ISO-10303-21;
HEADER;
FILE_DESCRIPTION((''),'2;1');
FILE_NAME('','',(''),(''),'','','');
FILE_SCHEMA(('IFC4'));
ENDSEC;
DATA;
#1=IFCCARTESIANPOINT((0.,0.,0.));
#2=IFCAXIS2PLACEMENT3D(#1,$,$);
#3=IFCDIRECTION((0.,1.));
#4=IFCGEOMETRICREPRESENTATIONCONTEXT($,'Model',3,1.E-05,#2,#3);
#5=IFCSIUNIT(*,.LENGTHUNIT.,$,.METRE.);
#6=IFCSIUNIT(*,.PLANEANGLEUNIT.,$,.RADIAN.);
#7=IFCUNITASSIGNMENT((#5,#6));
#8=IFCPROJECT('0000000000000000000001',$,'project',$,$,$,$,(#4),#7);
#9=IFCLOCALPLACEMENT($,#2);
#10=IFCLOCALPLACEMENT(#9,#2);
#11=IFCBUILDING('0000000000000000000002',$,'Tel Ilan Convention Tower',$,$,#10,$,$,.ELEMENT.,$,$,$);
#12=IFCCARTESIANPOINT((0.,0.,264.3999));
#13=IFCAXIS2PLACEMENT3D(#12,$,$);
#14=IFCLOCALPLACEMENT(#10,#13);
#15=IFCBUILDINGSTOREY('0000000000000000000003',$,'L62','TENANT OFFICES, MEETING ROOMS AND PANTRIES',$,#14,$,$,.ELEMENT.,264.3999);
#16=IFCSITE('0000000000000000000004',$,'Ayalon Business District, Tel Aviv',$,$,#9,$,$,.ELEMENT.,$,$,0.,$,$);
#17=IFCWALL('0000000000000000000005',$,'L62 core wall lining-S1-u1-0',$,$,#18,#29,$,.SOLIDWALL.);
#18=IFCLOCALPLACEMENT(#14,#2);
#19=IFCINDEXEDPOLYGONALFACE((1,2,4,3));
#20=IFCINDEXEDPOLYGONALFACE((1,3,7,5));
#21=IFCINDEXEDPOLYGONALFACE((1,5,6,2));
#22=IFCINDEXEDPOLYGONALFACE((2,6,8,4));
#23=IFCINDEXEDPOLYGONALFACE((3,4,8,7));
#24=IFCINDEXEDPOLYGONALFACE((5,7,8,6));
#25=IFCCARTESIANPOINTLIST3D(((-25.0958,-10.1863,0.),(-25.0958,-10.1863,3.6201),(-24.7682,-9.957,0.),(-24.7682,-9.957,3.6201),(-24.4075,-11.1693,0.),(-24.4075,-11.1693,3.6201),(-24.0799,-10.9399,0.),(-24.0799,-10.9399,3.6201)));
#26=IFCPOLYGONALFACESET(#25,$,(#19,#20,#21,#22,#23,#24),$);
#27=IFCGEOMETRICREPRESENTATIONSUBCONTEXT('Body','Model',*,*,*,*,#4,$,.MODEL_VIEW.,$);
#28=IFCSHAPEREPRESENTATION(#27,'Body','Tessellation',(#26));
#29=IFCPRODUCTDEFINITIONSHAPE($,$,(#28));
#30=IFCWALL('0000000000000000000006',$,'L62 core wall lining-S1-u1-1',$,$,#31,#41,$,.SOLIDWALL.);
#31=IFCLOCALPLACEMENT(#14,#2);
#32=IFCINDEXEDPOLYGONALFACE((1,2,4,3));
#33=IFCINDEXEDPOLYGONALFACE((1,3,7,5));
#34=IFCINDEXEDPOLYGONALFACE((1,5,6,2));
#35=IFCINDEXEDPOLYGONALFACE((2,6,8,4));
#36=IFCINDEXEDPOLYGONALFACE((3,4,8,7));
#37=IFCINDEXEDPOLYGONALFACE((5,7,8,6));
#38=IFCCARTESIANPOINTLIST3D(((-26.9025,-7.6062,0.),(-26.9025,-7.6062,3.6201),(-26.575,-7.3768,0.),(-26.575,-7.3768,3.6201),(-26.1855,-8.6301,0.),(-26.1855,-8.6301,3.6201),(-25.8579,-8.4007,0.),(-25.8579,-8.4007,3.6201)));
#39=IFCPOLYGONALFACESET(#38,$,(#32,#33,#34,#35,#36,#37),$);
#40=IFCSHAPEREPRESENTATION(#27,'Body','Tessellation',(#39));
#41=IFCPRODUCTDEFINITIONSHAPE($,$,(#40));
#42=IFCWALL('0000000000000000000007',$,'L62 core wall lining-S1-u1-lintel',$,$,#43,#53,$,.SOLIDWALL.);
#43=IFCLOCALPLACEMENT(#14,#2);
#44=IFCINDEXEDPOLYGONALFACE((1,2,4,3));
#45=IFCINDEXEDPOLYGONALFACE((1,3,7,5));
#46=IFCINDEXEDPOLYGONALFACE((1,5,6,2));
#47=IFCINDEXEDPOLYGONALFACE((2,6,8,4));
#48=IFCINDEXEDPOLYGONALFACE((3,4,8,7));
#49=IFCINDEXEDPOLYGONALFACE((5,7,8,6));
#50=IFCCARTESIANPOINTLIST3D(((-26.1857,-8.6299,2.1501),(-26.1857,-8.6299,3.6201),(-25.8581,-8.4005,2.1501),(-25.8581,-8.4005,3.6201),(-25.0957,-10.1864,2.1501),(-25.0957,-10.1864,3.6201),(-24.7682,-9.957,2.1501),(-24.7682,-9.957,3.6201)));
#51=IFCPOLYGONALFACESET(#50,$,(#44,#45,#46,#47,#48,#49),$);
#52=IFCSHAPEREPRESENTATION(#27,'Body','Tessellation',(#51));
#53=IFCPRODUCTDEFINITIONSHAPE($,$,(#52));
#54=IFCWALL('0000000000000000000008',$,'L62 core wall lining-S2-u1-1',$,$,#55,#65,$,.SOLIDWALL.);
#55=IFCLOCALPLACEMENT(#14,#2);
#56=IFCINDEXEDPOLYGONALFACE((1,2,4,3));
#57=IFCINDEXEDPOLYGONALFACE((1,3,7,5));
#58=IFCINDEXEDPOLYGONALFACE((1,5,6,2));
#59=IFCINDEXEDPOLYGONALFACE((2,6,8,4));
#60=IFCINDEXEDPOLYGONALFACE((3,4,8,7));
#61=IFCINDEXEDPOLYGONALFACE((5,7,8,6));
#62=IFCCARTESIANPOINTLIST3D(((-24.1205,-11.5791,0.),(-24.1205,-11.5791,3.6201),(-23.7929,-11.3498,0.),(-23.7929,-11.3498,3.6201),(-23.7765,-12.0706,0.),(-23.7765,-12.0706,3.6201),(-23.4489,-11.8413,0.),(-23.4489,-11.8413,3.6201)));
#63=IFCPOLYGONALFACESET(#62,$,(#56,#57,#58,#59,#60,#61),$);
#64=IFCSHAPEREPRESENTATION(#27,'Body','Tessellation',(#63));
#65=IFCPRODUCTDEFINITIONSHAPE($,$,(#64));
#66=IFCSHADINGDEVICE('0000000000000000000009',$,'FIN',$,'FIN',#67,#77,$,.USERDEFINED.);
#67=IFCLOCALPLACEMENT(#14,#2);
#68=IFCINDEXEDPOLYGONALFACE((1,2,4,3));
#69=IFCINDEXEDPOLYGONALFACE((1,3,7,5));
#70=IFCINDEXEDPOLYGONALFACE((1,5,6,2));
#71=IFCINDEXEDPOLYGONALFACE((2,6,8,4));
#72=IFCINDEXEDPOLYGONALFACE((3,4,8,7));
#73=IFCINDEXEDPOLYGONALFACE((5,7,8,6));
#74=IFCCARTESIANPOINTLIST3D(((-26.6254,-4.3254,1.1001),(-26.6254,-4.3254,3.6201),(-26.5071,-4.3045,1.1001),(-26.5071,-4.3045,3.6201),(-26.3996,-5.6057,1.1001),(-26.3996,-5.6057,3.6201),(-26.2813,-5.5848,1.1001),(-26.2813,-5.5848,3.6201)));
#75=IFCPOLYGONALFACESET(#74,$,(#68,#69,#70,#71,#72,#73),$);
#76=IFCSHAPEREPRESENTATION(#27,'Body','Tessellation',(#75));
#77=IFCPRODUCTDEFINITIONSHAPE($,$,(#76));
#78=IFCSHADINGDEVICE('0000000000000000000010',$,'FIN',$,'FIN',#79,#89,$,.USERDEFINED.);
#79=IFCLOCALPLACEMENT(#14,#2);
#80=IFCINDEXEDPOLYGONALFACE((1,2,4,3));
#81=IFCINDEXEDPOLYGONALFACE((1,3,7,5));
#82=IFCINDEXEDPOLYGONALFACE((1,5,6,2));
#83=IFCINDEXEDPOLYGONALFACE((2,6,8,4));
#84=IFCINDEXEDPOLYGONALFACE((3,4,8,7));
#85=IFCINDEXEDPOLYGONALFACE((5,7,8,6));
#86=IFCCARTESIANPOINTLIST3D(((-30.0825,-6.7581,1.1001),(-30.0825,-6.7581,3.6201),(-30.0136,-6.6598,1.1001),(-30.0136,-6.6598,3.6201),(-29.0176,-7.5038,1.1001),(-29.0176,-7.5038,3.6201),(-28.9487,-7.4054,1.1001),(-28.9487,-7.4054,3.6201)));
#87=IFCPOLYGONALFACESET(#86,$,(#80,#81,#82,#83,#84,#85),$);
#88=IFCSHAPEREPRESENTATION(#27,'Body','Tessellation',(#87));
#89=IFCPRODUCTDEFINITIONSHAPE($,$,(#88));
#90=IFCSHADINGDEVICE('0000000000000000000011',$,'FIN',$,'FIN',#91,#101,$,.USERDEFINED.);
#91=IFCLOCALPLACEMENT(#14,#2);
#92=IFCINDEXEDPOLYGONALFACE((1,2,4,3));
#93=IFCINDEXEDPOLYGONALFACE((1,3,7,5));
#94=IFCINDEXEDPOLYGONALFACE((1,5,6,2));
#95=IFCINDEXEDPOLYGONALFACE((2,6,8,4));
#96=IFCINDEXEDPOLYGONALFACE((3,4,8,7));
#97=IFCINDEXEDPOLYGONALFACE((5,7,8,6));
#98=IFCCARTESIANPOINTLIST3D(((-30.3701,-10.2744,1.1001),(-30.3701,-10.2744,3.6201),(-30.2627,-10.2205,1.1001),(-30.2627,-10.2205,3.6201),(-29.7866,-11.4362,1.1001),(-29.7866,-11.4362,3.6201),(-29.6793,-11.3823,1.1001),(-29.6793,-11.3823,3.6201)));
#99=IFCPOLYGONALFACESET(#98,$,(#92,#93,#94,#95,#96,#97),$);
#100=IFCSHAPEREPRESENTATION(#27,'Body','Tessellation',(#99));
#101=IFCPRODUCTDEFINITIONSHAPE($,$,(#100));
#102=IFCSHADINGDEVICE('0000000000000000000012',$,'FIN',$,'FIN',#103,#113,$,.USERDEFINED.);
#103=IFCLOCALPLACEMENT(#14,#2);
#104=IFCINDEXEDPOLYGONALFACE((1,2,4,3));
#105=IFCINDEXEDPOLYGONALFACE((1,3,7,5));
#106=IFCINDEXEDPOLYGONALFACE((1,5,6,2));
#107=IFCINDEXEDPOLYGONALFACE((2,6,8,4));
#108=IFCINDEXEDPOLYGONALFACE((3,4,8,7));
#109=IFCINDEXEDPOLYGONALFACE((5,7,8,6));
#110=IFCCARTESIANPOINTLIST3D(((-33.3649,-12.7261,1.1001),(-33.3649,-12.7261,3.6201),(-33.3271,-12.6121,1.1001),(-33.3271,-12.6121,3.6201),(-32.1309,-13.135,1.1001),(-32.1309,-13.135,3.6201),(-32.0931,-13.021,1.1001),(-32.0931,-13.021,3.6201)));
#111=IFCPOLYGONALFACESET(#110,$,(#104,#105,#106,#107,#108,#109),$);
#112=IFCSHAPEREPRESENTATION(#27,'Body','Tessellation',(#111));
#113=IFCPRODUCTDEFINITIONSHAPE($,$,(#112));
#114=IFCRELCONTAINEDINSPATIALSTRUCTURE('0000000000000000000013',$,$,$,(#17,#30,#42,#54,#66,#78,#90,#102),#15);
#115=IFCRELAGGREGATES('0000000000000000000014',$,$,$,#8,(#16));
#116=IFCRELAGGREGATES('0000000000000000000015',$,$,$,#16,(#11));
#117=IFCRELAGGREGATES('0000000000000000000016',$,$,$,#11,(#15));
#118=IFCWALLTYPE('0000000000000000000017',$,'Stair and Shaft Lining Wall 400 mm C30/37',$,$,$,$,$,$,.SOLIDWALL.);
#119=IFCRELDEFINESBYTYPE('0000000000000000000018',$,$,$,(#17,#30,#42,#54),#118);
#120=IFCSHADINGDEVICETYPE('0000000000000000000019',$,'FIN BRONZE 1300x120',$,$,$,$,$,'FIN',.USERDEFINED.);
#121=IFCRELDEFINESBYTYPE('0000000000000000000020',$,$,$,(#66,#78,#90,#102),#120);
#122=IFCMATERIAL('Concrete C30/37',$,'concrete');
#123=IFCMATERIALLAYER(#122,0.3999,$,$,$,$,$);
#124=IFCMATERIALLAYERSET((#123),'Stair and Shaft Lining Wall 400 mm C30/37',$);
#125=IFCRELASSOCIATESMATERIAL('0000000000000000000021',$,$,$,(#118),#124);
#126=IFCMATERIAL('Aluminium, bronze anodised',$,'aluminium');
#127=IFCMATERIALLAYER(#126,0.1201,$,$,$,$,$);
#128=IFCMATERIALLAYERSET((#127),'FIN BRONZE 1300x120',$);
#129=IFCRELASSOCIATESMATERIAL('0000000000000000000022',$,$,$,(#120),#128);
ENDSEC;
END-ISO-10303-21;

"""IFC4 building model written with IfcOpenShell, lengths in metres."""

from ifc_helpers import new_model, si_unit, direction, frame, frame_2d, origin, origin_2d, place, context, subcontext, project, spatial, rectangle, extrude, material, layer, layer_set, type_object, element, save


model = new_model("IFC4")

# Units and contexts
model_context = context("Model", 3, precision=1e-05, world=origin(), true_north=direction((0.0, 1.0)))
body_context = subcontext(model_context, "Body", "Model", "MODEL_VIEW")
ifc_project = project(units=[si_unit("LENGTHUNIT", "METRE"), si_unit("PLANEANGLEUNIT", "RADIAN")], contexts=[model_context])

# Site, building, storey
site_placement = place(None, origin())
site = spatial("IfcSite", under=ifc_project, at=site_placement, Name="Ayalon Business District, Tel Aviv", CompositionType="ELEMENT", RefElevation=0.0)
building_placement = place(site_placement, origin())
building = spatial("IfcBuilding", under=site, at=building_placement, Name="Tel Ilan Convention Tower", CompositionType="ELEMENT")
storey_placement = place(building_placement, frame((0.0, 0.0, 264.3999)))
storey = spatial("IfcBuildingStorey", under=building, at=storey_placement, Name="L62", Description="TENANT OFFICES, MEETING ROOMS AND PANTRIES", CompositionType="ELEMENT", Elevation=264.3999)

# Walls
ifc_material_1 = material(Name="Concrete C30/37", Category="concrete")
ifc_layer_1 = layer(ifc_material_1, 0.3999)
ifc_layer_set_1 = layer_set([ifc_layer_1], Name="Stair and Shaft Lining Wall 400 mm C30/37")
wall_type_1 = type_object("IfcWallType", Name="Stair and Shaft Lining Wall 400 mm C30/37", PredefinedType="SOLIDWALL", material=ifc_layer_set_1)
wall_1_placement = place(storey_placement, frame((-24.2437, -11.0547, 0.0), z_axis=(0.0, 0.0, 1.0), x_axis=(-0.573572, 0.819155, 0.0)))
element("IfcWall", 1, at=wall_1_placement, inside=storey, type_object=wall_type_1, Name="L62 core wall lining-S1-u1-0", PredefinedType="SOLIDWALL", context=body_context, shape_type="SweptSolid", body=[
    extrude(rectangle(XDim=1.2, YDim=0.3999, at=frame_2d((0.6001, 0.0))), origin(), (0.0, 0.0, 1.0), 3.6201),
])
wall_2_placement = place(storey_placement, frame((-26.0217, -8.5154, 0.0), z_axis=(0.0, 0.0, 1.0), x_axis=(-0.57362, 0.819122, 0.0)))
element("IfcWall", 2, at=wall_2_placement, inside=storey, type_object=wall_type_1, Name="L62 core wall lining-S1-u1-1", PredefinedType="SOLIDWALL", context=body_context, shape_type="SweptSolid", body=[
    extrude(rectangle(XDim=1.25, YDim=0.3999, at=frame_2d((0.625, 0.0))), origin(), (0.0, 0.0, 1.0), 3.6201),
])
wall_3_placement = place(storey_placement, frame((-24.9319, -10.0718, 2.1501), z_axis=(0.0, 0.0, 1.0), x_axis=(-0.573592, 0.819141, 0.0)))
element("IfcWall", 3, at=wall_3_placement, inside=storey, type_object=wall_type_1, Name="L62 core wall lining-S1-u1-lintel", PredefinedType="SOLIDWALL", context=body_context, shape_type="SweptSolid", body=[
    extrude(rectangle(XDim=1.9001, YDim=0.3999, at=frame_2d((0.9502, 0.0))), origin(), (0.0, 0.0, 1.0), 1.47),
])
wall_4_placement = place(storey_placement, frame((-23.6128, -11.9558, 0.0), z_axis=(0.0, 0.0, 1.0), x_axis=(-0.573435, 0.819251, 0.0)))
element("IfcWall", 4, at=wall_4_placement, inside=storey, type_object=wall_type_1, Name="L62 core wall lining-S2-u1-1", PredefinedType="SOLIDWALL", context=body_context, shape_type="SweptSolid", body=[
    extrude(rectangle(XDim=0.5999, YDim=0.3999, at=frame_2d((0.2998, 0.0))), origin(), (0.0, 0.0, 1.0), 3.6201),
])

# Shading devices
ifc_material_2 = material(Name="Aluminium, bronze anodised", Category="aluminium")
ifc_layer_2 = layer(ifc_material_2, 0.1201)
ifc_layer_set_2 = layer_set([ifc_layer_2], Name="FIN BRONZE 1300x120")
shading_device_type = type_object("IfcShadingDeviceType", Name="FIN BRONZE 1300x120", ElementType="FIN", PredefinedType="USERDEFINED", material=ifc_layer_set_2)
for number, where, z_axis, x_axis, name in (
    (5, (-26.4534, -4.9551, 1.1001), (0.0, 0.0, 1.0), (-0.173648, 0.984808, 0.0), "FIN"),
    (6, (-29.5156, -7.0818, 1.1001), (0.0, 0.0, 1.0), (-0.819152, 0.573576, 0.0), "FIN"),
    (7, (-30.0247, -10.8284, 1.1001), (0.0, 0.0, 1.0), (-0.448799, 0.893633, 0.0), "FIN"),
    (8, (-32.729, -12.8735, 1.1001), (0.0, 0.0, 1.0), (-0.949243, 0.314545, 0.0), "FIN"),
):
    element("IfcShadingDevice", number, at=place(storey_placement, frame(where, z_axis=z_axis, x_axis=x_axis)), inside=storey, type_object=shading_device_type, Name=name, ObjectType="FIN", PredefinedType="USERDEFINED", context=body_context, shape_type="SweptSolid", body=[
        extrude(rectangle(XDim=1.3, YDim=0.1201, at=origin_2d()), origin(), (0.0, 0.0, 1.0), 2.52),
    ])

save(model, "model.ifc")
